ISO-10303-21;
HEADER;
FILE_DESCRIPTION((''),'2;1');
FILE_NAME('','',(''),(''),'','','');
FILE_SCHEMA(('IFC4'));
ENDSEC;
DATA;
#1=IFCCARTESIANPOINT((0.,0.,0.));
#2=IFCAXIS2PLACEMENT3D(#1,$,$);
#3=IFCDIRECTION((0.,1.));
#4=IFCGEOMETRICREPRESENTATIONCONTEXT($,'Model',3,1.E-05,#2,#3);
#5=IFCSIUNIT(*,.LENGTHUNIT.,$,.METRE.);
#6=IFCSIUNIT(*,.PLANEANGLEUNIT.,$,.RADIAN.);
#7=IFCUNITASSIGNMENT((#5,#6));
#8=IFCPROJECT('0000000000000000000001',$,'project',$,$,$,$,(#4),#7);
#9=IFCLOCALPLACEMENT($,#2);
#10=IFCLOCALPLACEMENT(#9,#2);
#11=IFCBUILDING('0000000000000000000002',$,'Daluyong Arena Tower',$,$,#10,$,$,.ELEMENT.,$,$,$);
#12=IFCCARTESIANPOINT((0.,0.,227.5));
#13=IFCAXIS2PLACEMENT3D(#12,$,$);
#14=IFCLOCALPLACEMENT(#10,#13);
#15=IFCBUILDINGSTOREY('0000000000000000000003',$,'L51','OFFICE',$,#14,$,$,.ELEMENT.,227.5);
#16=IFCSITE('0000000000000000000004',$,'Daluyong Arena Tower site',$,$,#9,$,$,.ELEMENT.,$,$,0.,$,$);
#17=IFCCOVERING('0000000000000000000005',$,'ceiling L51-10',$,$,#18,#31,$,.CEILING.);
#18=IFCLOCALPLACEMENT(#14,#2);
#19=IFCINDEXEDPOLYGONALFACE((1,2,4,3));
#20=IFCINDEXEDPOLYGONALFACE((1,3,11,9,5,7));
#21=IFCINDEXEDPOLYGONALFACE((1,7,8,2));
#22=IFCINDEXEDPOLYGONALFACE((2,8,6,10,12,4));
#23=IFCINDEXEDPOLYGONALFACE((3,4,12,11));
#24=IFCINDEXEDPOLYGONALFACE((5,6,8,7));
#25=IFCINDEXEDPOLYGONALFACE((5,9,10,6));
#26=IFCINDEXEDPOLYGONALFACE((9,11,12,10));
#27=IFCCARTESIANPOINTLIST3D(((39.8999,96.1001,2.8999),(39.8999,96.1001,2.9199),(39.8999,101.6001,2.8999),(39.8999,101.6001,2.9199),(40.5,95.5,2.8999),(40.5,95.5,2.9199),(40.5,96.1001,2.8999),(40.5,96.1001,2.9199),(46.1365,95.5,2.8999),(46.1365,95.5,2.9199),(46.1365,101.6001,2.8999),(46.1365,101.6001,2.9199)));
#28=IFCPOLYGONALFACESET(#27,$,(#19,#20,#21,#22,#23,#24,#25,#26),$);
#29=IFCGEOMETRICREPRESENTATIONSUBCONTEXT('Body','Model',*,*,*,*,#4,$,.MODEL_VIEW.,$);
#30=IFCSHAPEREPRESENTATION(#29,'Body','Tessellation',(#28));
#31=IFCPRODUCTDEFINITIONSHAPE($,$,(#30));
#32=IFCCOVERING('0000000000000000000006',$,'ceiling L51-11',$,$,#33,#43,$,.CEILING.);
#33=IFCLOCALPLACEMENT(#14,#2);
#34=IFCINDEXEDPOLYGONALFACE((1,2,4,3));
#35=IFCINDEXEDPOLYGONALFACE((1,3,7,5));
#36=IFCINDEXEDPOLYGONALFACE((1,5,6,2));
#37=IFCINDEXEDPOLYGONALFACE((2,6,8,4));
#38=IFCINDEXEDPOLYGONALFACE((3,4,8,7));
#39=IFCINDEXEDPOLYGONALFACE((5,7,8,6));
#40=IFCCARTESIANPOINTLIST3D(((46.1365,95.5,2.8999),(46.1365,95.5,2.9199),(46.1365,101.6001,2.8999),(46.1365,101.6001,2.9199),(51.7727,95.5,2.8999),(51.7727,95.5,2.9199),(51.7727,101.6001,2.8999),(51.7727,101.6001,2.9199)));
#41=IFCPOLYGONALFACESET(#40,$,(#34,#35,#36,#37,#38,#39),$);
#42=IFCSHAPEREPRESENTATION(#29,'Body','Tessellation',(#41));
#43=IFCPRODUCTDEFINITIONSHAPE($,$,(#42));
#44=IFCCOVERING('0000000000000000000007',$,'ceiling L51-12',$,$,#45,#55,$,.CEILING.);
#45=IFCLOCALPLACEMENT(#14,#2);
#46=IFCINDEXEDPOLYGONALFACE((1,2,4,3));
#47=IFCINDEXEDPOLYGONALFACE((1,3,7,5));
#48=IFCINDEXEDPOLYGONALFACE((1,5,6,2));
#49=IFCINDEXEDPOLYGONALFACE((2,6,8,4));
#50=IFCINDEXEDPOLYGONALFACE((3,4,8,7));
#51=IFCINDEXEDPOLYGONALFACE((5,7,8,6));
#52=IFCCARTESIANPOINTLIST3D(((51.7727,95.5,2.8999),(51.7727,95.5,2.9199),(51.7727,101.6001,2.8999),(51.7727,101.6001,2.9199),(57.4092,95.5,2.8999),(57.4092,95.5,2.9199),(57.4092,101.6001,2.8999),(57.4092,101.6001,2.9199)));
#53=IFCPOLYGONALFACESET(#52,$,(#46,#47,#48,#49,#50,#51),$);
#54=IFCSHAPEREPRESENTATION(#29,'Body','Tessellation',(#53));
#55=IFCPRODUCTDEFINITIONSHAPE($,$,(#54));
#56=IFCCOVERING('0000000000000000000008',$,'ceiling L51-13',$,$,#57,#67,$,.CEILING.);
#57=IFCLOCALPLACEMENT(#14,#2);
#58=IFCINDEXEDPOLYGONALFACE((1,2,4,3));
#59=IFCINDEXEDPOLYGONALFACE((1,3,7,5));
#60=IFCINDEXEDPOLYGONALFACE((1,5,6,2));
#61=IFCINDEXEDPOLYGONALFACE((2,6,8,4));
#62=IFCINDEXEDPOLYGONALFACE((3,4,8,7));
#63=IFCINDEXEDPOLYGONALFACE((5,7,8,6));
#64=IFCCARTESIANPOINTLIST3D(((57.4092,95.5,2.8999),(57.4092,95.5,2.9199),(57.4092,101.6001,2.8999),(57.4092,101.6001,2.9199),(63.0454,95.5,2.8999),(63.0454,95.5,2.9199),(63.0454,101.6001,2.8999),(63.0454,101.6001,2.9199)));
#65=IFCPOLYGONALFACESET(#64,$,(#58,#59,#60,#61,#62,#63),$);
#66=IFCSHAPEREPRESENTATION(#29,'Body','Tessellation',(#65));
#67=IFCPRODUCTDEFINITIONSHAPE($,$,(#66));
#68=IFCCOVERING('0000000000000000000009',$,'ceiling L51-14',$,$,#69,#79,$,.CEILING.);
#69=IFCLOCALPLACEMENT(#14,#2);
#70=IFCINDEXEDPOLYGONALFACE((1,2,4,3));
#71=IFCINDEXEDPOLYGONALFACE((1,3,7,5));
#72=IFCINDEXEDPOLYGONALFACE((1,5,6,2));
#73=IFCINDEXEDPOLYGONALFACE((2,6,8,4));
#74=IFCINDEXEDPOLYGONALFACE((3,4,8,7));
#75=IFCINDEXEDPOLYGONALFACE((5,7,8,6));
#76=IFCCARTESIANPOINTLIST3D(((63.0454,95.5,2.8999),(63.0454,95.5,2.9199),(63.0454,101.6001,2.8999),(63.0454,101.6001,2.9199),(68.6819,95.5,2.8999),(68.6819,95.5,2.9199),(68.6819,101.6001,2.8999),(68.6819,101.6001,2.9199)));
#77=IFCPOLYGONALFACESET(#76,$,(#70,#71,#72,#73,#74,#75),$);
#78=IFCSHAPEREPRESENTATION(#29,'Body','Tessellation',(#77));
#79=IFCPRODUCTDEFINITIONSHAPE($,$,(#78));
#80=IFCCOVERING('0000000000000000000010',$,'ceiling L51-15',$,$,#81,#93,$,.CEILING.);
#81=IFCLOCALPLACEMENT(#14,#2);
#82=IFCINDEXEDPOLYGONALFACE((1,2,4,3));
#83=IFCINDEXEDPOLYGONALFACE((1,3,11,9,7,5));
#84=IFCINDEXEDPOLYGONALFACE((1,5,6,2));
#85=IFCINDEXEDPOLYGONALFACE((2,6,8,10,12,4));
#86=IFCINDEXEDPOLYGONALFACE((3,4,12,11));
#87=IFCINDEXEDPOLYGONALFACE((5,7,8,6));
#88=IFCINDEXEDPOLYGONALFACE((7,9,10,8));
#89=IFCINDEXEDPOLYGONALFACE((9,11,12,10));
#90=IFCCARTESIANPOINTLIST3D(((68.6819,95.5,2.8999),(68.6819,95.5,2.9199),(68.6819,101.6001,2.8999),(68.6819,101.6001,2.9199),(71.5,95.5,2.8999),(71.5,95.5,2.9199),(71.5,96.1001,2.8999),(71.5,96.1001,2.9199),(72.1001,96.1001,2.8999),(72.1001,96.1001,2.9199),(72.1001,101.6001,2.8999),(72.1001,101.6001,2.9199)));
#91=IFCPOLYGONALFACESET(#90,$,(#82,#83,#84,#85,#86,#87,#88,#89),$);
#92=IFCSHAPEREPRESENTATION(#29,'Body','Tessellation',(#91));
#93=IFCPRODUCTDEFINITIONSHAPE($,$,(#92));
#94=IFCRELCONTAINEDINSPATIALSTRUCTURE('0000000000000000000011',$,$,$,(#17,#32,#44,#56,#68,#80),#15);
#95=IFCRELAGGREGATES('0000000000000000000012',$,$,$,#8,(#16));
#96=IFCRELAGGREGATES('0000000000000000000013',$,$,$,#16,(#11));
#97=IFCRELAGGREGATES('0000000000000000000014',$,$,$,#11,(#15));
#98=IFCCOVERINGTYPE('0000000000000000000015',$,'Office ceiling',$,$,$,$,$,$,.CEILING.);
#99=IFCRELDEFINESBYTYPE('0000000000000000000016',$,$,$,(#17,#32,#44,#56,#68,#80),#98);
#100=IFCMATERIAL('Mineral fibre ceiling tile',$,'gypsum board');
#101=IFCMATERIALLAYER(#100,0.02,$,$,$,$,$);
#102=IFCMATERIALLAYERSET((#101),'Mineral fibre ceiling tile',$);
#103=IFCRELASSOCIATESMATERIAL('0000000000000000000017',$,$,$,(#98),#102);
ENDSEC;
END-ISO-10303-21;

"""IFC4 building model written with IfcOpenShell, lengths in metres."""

from ifc_helpers import new_model, si_unit, direction, frame, origin, place, context, subcontext, project, spatial, polyline, outline, extrude, material, layer, layer_set, type_object, element, save


model = new_model("IFC4")

# Units and contexts
model_context = context("Model", 3, precision=1e-05, world=origin(), true_north=direction((0.0, 1.0)))
body_context = subcontext(model_context, "Body", "Model", "MODEL_VIEW")
ifc_project = project(units=[si_unit("LENGTHUNIT", "METRE"), si_unit("PLANEANGLEUNIT", "RADIAN")], contexts=[model_context])

# Site, building, storey
site_placement = place(None, origin())
site = spatial("IfcSite", under=ifc_project, at=site_placement, Name="Daluyong Arena Tower site", CompositionType="ELEMENT", RefElevation=0.0)
building_placement = place(site_placement, origin())
building = spatial("IfcBuilding", under=site, at=building_placement, Name="Daluyong Arena Tower", CompositionType="ELEMENT")
storey_placement = place(building_placement, frame((0.0, 0.0, 227.5)))
storey = spatial("IfcBuildingStorey", under=building, at=storey_placement, Name="L51", Description="OFFICE", CompositionType="ELEMENT", Elevation=227.5)

# Coverings
ifc_material_1 = material(Name="Mineral fibre ceiling tile", Category="gypsum board")
ifc_layer_1 = layer(ifc_material_1, 0.02)
ifc_layer_set_1 = layer_set([ifc_layer_1], Name="Mineral fibre ceiling tile")
covering_type = type_object("IfcCoveringType", Name="Office ceiling", PredefinedType="CEILING", material=ifc_layer_set_1)
covering_1_placement = place(storey_placement, frame((0.0, 0.0, 2.8999)))
element("IfcCovering", 1, at=covering_1_placement, inside=storey, type_object=covering_type, Name="ceiling L51-10", PredefinedType="CEILING", context=body_context, shape_type="SweptSolid", body=[
    extrude(outline(polyline([(46.1365, 95.5), (46.1365, 101.6001), (39.8999, 101.6001), (39.8999, 96.1001), (40.5, 96.1001), (40.5, 95.5), (46.1365, 95.5)])), origin(), (0.0, 0.0, 1.0), 0.02),
])
covering_2_placement = place(storey_placement, frame((0.0, 0.0, 2.8999)))
element("IfcCovering", 2, at=covering_2_placement, inside=storey, type_object=covering_type, Name="ceiling L51-11", PredefinedType="CEILING", context=body_context, shape_type="SweptSolid", body=[
    extrude(outline(polyline([(51.7727, 95.5), (51.7727, 101.6001), (46.1365, 101.6001), (46.1365, 95.5), (51.7727, 95.5)])), origin(), (0.0, 0.0, 1.0), 0.02),
])
covering_3_placement = place(storey_placement, frame((0.0, 0.0, 2.8999)))
element("IfcCovering", 3, at=covering_3_placement, inside=storey, type_object=covering_type, Name="ceiling L51-12", PredefinedType="CEILING", context=body_context, shape_type="SweptSolid", body=[
    extrude(outline(polyline([(57.4092, 95.5), (57.4092, 101.6001), (51.7727, 101.6001), (51.7727, 95.5), (57.4092, 95.5)])), origin(), (0.0, 0.0, 1.0), 0.02),
])
covering_4_placement = place(storey_placement, frame((0.0, 0.0, 2.8999)))
element("IfcCovering", 4, at=covering_4_placement, inside=storey, type_object=covering_type, Name="ceiling L51-13", PredefinedType="CEILING", context=body_context, shape_type="SweptSolid", body=[
    extrude(outline(polyline([(63.0454, 95.5), (63.0454, 101.6001), (57.4092, 101.6001), (57.4092, 95.5), (63.0454, 95.5)])), origin(), (0.0, 0.0, 1.0), 0.02),
])
covering_5_placement = place(storey_placement, frame((0.0, 0.0, 2.8999)))
element("IfcCovering", 5, at=covering_5_placement, inside=storey, type_object=covering_type, Name="ceiling L51-14", PredefinedType="CEILING", context=body_context, shape_type="SweptSolid", body=[
    extrude(outline(polyline([(68.6819, 95.5), (68.6819, 101.6001), (63.0454, 101.6001), (63.0454, 95.5), (68.6819, 95.5)])), origin(), (0.0, 0.0, 1.0), 0.02),
])
covering_6_placement = place(storey_placement, frame((0.0, 0.0, 2.8999)))
element("IfcCovering", 6, at=covering_6_placement, inside=storey, type_object=covering_type, Name="ceiling L51-15", PredefinedType="CEILING", context=body_context, shape_type="SweptSolid", body=[
    extrude(outline(polyline([(68.6819, 95.5), (71.5, 95.5), (71.5, 96.1001), (72.1001, 96.1001), (72.1001, 101.6001), (68.6819, 101.6001), (68.6819, 95.5)])), origin(), (0.0, 0.0, 1.0), 0.02),
])

save(model, "model.ifc")
